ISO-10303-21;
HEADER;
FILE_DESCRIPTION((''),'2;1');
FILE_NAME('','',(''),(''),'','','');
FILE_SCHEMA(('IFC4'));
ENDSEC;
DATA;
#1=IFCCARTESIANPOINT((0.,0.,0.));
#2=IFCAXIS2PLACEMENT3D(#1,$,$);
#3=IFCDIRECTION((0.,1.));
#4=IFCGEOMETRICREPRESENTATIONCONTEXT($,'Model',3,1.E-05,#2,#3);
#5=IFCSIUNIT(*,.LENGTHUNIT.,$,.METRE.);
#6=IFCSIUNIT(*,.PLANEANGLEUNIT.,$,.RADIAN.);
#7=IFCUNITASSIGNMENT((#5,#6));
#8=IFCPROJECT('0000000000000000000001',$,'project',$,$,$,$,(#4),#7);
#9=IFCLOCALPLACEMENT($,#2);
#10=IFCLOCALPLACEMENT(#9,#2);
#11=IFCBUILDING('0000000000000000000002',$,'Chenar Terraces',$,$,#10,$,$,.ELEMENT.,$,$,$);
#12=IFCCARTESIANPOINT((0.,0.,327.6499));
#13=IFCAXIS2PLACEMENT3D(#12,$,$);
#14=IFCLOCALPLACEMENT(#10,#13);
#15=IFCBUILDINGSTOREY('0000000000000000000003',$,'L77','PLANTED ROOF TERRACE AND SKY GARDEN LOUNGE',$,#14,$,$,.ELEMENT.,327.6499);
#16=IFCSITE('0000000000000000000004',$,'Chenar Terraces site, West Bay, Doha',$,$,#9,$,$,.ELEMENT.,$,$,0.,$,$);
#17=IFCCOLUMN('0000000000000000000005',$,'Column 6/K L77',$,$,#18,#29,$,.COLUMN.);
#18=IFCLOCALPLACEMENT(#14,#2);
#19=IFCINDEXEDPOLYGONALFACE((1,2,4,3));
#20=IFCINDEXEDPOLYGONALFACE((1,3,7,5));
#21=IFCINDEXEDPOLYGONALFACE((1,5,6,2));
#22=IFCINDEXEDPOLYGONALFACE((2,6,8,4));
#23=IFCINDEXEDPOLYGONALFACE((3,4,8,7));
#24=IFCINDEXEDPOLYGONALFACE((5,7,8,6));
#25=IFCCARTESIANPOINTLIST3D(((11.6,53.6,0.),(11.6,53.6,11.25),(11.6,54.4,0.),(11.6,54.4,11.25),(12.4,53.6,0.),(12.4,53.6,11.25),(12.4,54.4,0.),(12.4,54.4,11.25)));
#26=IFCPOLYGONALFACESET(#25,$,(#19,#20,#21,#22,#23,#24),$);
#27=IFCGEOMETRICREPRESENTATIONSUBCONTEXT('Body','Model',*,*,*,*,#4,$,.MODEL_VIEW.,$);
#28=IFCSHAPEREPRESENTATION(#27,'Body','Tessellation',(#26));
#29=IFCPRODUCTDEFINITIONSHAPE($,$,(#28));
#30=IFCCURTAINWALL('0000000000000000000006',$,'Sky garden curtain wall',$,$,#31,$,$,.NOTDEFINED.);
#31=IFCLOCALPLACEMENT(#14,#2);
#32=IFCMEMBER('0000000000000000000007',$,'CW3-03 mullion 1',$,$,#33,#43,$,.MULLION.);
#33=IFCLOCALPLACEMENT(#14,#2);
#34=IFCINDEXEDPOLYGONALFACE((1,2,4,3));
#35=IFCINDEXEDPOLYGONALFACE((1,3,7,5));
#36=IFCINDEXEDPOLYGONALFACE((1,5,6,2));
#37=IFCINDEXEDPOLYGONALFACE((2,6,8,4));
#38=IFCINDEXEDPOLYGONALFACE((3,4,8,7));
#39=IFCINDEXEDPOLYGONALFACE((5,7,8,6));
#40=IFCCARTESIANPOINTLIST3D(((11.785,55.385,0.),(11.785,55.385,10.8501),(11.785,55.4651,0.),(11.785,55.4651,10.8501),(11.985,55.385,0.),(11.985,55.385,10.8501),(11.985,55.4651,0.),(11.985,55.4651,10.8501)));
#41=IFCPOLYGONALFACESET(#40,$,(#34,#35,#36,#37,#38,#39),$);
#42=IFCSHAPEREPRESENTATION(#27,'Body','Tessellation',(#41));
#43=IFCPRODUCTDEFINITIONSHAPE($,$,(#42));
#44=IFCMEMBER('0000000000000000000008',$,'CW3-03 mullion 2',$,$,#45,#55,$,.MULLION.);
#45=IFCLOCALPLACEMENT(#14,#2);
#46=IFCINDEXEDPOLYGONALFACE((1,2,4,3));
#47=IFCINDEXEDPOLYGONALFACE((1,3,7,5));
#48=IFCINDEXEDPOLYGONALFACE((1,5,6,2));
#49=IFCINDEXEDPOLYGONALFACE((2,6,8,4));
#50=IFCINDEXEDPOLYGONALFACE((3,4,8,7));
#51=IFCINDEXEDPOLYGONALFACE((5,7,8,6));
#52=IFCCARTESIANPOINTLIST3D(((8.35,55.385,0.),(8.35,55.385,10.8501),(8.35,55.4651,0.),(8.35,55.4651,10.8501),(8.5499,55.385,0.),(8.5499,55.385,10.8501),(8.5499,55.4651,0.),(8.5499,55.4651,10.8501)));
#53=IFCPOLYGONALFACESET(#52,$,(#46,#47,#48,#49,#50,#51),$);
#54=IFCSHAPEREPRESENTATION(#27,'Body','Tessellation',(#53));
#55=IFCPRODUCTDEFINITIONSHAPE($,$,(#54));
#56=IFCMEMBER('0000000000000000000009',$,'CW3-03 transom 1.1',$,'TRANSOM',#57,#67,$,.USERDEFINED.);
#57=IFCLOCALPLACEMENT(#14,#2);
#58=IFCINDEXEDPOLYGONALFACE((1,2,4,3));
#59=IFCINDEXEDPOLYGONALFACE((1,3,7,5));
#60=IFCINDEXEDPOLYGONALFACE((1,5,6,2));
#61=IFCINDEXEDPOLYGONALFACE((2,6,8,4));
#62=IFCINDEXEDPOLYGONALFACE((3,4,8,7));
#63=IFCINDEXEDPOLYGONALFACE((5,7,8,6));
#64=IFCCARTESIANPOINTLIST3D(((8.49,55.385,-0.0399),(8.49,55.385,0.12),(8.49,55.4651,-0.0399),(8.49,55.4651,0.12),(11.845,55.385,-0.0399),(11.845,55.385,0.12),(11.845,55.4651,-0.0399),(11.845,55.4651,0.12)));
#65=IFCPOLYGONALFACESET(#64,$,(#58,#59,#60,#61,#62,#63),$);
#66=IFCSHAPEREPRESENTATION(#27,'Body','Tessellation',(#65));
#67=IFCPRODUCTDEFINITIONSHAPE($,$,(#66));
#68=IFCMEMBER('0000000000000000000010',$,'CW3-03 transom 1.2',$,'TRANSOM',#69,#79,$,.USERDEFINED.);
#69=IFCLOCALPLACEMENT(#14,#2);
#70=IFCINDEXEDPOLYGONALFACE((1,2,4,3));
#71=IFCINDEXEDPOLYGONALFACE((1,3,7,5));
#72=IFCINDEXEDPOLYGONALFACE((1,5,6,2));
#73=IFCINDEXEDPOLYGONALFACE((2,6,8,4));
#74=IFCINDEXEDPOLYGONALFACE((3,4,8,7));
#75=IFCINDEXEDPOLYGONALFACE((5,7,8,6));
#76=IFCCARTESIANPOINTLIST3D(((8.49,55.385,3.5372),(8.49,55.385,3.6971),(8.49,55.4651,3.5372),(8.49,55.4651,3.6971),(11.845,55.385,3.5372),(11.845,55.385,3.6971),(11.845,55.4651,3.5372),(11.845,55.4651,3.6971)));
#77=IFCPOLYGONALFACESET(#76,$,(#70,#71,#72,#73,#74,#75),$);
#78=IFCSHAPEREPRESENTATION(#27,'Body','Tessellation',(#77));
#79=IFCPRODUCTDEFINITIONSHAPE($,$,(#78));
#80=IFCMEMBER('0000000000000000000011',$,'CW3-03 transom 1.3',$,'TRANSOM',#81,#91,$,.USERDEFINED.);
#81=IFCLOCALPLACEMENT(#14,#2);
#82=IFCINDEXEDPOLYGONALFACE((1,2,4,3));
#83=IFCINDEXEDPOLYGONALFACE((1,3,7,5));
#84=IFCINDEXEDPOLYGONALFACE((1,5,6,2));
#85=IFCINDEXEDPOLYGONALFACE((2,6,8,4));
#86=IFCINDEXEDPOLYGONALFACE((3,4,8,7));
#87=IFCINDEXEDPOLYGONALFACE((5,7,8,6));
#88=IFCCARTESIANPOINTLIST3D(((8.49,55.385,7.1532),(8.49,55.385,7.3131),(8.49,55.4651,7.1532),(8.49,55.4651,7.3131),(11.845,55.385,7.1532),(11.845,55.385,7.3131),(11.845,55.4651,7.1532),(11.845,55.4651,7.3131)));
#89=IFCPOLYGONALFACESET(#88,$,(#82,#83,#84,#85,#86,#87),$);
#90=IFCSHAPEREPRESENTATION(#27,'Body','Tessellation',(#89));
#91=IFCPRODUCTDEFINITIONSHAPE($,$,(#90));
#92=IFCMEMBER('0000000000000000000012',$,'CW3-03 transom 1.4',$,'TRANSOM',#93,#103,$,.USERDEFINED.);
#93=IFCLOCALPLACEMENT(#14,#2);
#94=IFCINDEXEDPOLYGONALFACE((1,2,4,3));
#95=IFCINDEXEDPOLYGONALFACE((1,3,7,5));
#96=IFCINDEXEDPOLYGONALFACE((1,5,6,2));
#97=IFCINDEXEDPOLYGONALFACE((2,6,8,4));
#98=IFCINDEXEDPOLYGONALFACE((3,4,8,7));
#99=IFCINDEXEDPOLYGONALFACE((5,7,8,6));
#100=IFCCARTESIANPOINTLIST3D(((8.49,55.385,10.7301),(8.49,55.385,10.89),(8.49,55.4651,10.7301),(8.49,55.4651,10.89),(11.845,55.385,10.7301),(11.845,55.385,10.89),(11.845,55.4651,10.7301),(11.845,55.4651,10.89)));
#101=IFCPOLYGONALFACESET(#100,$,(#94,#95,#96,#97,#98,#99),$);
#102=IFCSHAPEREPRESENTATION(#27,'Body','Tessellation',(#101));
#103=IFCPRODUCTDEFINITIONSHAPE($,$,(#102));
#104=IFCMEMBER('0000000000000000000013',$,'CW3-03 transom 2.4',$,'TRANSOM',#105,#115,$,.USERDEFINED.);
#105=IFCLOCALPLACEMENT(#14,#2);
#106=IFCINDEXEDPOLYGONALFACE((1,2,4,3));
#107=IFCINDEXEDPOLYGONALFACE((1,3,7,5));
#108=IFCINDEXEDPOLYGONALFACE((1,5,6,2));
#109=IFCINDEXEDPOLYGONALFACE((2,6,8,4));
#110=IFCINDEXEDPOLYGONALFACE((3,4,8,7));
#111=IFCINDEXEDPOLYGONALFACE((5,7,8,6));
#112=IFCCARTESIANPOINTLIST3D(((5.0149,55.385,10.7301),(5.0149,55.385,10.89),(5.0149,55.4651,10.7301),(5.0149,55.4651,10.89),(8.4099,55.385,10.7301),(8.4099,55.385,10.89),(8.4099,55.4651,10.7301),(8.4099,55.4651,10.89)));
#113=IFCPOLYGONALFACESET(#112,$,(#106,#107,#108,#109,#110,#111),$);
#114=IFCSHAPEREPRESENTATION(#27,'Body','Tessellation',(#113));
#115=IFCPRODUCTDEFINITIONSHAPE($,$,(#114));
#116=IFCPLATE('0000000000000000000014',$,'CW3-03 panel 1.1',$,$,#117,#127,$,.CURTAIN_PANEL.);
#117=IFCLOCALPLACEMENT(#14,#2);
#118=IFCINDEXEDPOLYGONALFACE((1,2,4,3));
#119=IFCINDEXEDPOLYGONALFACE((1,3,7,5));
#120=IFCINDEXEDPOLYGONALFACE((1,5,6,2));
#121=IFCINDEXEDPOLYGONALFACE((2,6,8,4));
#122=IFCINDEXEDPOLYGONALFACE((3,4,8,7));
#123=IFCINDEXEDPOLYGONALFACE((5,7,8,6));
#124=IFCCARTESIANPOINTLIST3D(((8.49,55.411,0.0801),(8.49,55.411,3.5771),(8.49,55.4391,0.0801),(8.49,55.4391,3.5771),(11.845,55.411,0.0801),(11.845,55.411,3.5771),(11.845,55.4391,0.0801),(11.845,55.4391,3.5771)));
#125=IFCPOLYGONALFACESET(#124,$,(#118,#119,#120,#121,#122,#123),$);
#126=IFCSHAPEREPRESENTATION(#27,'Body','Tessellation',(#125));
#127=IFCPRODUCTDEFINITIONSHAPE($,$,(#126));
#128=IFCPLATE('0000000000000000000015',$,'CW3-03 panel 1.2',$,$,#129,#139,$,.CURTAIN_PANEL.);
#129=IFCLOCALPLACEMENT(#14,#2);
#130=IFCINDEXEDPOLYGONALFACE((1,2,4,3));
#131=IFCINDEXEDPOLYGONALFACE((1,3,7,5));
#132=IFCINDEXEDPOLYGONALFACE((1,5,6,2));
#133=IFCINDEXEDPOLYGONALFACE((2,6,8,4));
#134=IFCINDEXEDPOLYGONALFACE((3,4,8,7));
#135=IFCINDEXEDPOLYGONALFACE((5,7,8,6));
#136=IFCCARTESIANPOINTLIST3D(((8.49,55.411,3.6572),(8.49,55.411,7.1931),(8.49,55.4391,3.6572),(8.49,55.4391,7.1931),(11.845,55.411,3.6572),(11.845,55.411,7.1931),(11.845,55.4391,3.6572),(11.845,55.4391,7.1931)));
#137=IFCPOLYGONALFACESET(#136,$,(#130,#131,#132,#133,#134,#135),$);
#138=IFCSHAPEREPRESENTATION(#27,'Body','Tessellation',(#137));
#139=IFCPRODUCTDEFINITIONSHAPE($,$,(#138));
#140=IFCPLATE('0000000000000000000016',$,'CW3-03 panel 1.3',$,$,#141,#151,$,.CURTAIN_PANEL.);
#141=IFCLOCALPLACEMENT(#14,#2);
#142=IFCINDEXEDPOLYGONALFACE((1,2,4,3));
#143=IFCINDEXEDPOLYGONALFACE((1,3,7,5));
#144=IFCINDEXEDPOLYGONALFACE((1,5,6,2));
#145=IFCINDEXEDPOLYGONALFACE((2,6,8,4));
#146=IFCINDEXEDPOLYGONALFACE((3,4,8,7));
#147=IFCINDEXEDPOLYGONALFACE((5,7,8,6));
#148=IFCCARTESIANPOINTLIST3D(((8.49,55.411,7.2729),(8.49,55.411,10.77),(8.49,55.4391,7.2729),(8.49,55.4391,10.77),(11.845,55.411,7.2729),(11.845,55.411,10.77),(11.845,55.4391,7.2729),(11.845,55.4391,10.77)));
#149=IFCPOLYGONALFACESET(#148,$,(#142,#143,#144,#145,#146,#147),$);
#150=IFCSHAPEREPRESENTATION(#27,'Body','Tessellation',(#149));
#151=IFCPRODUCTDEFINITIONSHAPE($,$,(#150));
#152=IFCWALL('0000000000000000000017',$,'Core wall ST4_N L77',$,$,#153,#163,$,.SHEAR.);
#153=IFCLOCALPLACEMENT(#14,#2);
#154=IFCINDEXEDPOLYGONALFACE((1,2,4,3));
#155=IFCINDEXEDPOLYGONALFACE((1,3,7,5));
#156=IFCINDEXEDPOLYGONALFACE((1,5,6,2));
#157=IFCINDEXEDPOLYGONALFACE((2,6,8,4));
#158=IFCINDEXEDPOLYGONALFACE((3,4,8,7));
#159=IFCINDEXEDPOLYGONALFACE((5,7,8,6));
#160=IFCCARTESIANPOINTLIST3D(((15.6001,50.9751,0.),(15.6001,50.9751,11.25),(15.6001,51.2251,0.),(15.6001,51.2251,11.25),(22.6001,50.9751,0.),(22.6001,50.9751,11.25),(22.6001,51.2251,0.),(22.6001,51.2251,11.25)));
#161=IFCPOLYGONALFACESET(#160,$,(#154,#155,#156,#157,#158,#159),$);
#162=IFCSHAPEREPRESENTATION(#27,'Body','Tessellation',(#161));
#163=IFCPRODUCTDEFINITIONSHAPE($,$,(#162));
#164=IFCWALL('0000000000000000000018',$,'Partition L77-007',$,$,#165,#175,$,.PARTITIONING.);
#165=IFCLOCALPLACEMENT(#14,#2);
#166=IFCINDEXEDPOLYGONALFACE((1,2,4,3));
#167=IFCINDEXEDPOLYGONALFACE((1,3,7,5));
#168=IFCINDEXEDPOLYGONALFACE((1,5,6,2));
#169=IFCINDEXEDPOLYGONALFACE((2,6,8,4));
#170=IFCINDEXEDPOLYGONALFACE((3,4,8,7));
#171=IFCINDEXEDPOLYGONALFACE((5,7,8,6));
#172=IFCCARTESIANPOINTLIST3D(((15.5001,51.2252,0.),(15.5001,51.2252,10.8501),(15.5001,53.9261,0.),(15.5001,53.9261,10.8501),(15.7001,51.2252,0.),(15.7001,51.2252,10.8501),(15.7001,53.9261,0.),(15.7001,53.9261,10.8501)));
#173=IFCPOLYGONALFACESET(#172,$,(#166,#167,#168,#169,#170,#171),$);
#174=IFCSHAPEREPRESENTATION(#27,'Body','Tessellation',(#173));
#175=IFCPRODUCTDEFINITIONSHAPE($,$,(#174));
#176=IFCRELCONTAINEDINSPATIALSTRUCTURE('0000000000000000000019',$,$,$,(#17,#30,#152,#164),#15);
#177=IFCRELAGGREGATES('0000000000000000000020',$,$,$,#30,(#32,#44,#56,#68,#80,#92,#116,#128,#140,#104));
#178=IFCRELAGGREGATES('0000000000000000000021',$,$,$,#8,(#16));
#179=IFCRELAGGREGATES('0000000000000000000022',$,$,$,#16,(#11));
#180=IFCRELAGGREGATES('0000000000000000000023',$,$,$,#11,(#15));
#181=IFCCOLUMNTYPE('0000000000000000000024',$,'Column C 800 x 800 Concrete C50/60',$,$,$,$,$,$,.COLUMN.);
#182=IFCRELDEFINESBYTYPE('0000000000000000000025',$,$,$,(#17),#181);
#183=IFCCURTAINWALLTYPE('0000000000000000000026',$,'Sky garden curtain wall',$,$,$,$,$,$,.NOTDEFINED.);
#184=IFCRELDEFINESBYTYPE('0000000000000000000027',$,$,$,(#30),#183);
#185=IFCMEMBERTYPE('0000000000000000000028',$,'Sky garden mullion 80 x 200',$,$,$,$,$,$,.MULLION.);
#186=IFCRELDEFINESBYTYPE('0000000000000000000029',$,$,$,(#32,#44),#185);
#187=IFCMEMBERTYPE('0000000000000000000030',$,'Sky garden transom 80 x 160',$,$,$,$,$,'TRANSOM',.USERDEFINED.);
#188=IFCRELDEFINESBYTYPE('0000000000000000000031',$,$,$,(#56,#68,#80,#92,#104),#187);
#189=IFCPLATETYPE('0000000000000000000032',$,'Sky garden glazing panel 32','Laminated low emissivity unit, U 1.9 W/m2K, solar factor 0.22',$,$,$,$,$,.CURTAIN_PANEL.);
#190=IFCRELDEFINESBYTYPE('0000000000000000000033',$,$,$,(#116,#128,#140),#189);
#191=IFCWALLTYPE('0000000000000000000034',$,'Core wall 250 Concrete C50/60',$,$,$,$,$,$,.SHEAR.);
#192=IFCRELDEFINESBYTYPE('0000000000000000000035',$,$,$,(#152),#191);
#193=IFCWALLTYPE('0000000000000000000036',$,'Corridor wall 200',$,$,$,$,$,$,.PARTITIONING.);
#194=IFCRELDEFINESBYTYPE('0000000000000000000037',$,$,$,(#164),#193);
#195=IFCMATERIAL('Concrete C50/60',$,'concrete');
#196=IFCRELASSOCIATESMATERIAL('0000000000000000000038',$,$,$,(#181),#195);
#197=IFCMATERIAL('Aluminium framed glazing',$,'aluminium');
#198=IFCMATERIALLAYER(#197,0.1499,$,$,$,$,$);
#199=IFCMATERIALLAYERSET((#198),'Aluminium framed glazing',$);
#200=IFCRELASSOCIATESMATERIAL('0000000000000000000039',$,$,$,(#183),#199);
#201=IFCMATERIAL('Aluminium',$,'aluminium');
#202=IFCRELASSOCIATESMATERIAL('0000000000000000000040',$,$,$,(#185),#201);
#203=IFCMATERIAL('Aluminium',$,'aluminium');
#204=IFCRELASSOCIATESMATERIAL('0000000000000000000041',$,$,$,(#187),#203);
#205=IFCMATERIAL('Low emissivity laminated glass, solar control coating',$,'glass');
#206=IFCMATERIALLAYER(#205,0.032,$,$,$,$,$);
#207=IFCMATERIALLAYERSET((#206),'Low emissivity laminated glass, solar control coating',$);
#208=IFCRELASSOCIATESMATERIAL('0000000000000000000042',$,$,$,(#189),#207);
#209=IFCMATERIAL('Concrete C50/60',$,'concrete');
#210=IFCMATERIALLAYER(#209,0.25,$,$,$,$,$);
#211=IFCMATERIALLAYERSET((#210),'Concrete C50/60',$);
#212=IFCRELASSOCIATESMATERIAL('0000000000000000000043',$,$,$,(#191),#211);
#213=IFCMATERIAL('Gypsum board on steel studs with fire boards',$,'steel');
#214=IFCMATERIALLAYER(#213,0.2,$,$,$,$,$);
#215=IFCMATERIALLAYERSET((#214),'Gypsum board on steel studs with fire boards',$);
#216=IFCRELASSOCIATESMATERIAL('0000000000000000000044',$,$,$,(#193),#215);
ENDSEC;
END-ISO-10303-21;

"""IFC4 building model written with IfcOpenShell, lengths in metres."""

from ifc_helpers import new_model, si_unit, direction, frame, frame_2d, origin, origin_2d, place, context, subcontext, project, spatial, rectangle, extrude, material, layer, layer_set, material_profile, profile_set, type_object, element, aggregate, save


model = new_model("IFC4")

# Units and contexts
model_context = context("Model", 3, precision=1e-05, world=origin(), true_north=direction((0.0, 1.0)))
body_context = subcontext(model_context, "Body", "Model", "MODEL_VIEW")
ifc_project = project(units=[si_unit("LENGTHUNIT", "METRE"), si_unit("PLANEANGLEUNIT", "RADIAN")], contexts=[model_context])

# Site, building, storey
site_placement = place(None, origin())
site = spatial("IfcSite", under=ifc_project, at=site_placement, Name="Chenar Terraces site, West Bay, Doha", CompositionType="ELEMENT", RefElevation=0.0)
building_placement = place(site_placement, origin())
building = spatial("IfcBuilding", under=site, at=building_placement, Name="Chenar Terraces", CompositionType="ELEMENT")
storey_placement = place(building_placement, frame((0.0, 0.0, 327.6499)))
storey = spatial("IfcBuildingStorey", under=building, at=storey_placement, Name="L77", Description="PLANTED ROOF TERRACE AND SKY GARDEN LOUNGE", CompositionType="ELEMENT", Elevation=327.6499)

# Column
ifc_material_1 = material(Name="Concrete C50/60", Category="concrete")
ifc_material_profile_1 = material_profile(ifc_material_1, rectangle(XDim=0.8, YDim=0.8, at=origin_2d()), Name="C 800 x 800")
ifc_profile_set_1 = profile_set([ifc_material_profile_1], Name="Concrete C50/60")
column_type = type_object("IfcColumnType", Name="Column C 800 x 800 Concrete C50/60", PredefinedType="COLUMN", material=ifc_profile_set_1)
column_placement = place(storey_placement, frame((12.0, 54.0, 0.0), z_axis=(0.0, 0.0, 1.0), x_axis=(1.0, 0.0, 0.0)))
element("IfcColumn", 1, at=column_placement, inside=storey, type_object=column_type, Name="Column 6/K L77", PredefinedType="COLUMN", context=body_context, shape_type="SweptSolid", body=[
    extrude(rectangle(XDim=0.8, YDim=0.8, at=origin_2d()), origin(), (0.0, 0.0, 1.0), 11.25),
])

# Curtain wall, members, plates
ifc_material_2 = material(Name="Aluminium framed glazing", Category="aluminium")
ifc_layer_1 = layer(ifc_material_2, 0.1499)
ifc_layer_set_1 = layer_set([ifc_layer_1], Name="Aluminium framed glazing")
curtain_wall_type = type_object("IfcCurtainWallType", Name="Sky garden curtain wall", PredefinedType="NOTDEFINED", material=ifc_layer_set_1)
placement = place(storey_placement, origin())
curtain_wall = element("IfcCurtainWall", 2, at=placement, inside=storey, type_object=curtain_wall_type, Name="Sky garden curtain wall", PredefinedType="NOTDEFINED")
ifc_material_3 = material(Name="Aluminium", Category="aluminium")
ifc_material_profile_2 = material_profile(ifc_material_3, rectangle(XDim=0.0801, YDim=0.2, at=origin_2d()), Name="Sky garden mullion 80 x 200")
ifc_profile_set_2 = profile_set([ifc_material_profile_2], Name="Aluminium")
member_type_1 = type_object("IfcMemberType", Name="Sky garden mullion 80 x 200", PredefinedType="MULLION", material=ifc_profile_set_2)
member_1_placement = place(storey_placement, frame((11.885, 55.425, 0.0), z_axis=(0.0, 0.0, 1.0), x_axis=(0.0, -1.0, 0.0)))
member_1 = element("IfcMember", 3, at=member_1_placement, type_object=member_type_1, Name="CW3-03 mullion 1", PredefinedType="MULLION", context=body_context, shape_type="SweptSolid", body=[
    extrude(rectangle(XDim=0.0801, YDim=0.2, at=origin_2d()), origin(), (0.0, 0.0, 1.0), 10.8501),
])
member_2_placement = place(storey_placement, frame((8.45, 55.425, 0.0), z_axis=(0.0, 0.0, 1.0), x_axis=(0.0, -1.0, 0.0)))
member_2 = element("IfcMember", 4, at=member_2_placement, type_object=member_type_1, Name="CW3-03 mullion 2", PredefinedType="MULLION", context=body_context, shape_type="SweptSolid", body=[
    extrude(rectangle(XDim=0.0801, YDim=0.2, at=origin_2d()), origin(), (0.0, 0.0, 1.0), 10.8501),
])
ifc_material_4 = material(Name="Aluminium", Category="aluminium")
ifc_material_profile_3 = material_profile(ifc_material_4, rectangle(XDim=0.0801, YDim=0.1599, at=origin_2d()), Name="Sky garden transom 80 x 160")
ifc_profile_set_3 = profile_set([ifc_material_profile_3], Name="Aluminium")
member_type_2 = type_object("IfcMemberType", Name="Sky garden transom 80 x 160", ElementType="TRANSOM", PredefinedType="USERDEFINED", material=ifc_profile_set_3)
member_3_placement = place(storey_placement, frame((11.845, 55.425, 0.04), z_axis=(-1.0, 0.0, 0.0), x_axis=(0.0, -1.0, 0.0)))
member_3 = element("IfcMember", 5, at=member_3_placement, type_object=member_type_2, Name="CW3-03 transom 1.1", ObjectType="TRANSOM", PredefinedType="USERDEFINED", context=body_context, shape_type="SweptSolid", body=[
    extrude(rectangle(XDim=0.0801, YDim=0.1599, at=origin_2d()), origin(), (0.0, 0.0, 1.0), 3.355),
])
member_4_placement = place(storey_placement, frame((11.845, 55.425, 3.6172), z_axis=(-1.0, 0.0, 0.0), x_axis=(0.0, -1.0, 0.0)))
member_4 = element("IfcMember", 6, at=member_4_placement, type_object=member_type_2, Name="CW3-03 transom 1.2", ObjectType="TRANSOM", PredefinedType="USERDEFINED", context=body_context, shape_type="SweptSolid", body=[
    extrude(rectangle(XDim=0.0801, YDim=0.1599, at=origin_2d()), origin(), (0.0, 0.0, 1.0), 3.355),
])
member_5_placement = place(storey_placement, frame((11.845, 55.425, 7.2332), z_axis=(-1.0, 0.0, 0.0), x_axis=(0.0, -1.0, 0.0)))
member_5 = element("IfcMember", 7, at=member_5_placement, type_object=member_type_2, Name="CW3-03 transom 1.3", ObjectType="TRANSOM", PredefinedType="USERDEFINED", context=body_context, shape_type="SweptSolid", body=[
    extrude(rectangle(XDim=0.0801, YDim=0.1599, at=origin_2d()), origin(), (0.0, 0.0, 1.0), 3.355),
])
member_6_placement = place(storey_placement, frame((11.845, 55.425, 10.8101), z_axis=(-1.0, 0.0, 0.0), x_axis=(0.0, -1.0, 0.0)))
member_6 = element("IfcMember", 8, at=member_6_placement, type_object=member_type_2, Name="CW3-03 transom 1.4", ObjectType="TRANSOM", PredefinedType="USERDEFINED", context=body_context, shape_type="SweptSolid", body=[
    extrude(rectangle(XDim=0.0801, YDim=0.1599, at=origin_2d()), origin(), (0.0, 0.0, 1.0), 3.355),
])
member_7_placement = place(storey_placement, frame((8.4099, 55.425, 10.8101), z_axis=(-1.0, 0.0, 0.0), x_axis=(0.0, -1.0, 0.0)))
member_7 = element("IfcMember", 9, at=member_7_placement, type_object=member_type_2, Name="CW3-03 transom 2.4", ObjectType="TRANSOM", PredefinedType="USERDEFINED", context=body_context, shape_type="SweptSolid", body=[
    extrude(rectangle(XDim=0.0801, YDim=0.1599, at=origin_2d()), origin(), (0.0, 0.0, 1.0), 3.395),
])
ifc_material_5 = material(Name="Low emissivity laminated glass, solar control coating", Category="glass")
ifc_layer_2 = layer(ifc_material_5, 0.032)
ifc_layer_set_2 = layer_set([ifc_layer_2], Name="Low emissivity laminated glass, solar control coating")
plate_type = type_object("IfcPlateType", Name="Sky garden glazing panel 32", Description="Laminated low emissivity unit, U 1.9 W/m2K, solar factor 0.22", PredefinedType="CURTAIN_PANEL", material=ifc_layer_set_2)
plate_1_placement = place(storey_placement, frame((10.1675, 55.425, 0.0801), z_axis=(0.0, 0.0, 1.0), x_axis=(-1.0, 0.0, 0.0)))
plate_1 = element("IfcPlate", 10, at=plate_1_placement, type_object=plate_type, Name="CW3-03 panel 1.1", PredefinedType="CURTAIN_PANEL", context=body_context, shape_type="SweptSolid", body=[
    extrude(rectangle(XDim=3.355, YDim=0.0281, at=origin_2d()), origin(), (0.0, 0.0, 1.0), 3.4971),
])
plate_2_placement = place(storey_placement, frame((10.1675, 55.425, 3.6572), z_axis=(0.0, 0.0, 1.0), x_axis=(-1.0, 0.0, 0.0)))
plate_2 = element("IfcPlate", 11, at=plate_2_placement, type_object=plate_type, Name="CW3-03 panel 1.2", PredefinedType="CURTAIN_PANEL", context=body_context, shape_type="SweptSolid", body=[
    extrude(rectangle(XDim=3.355, YDim=0.0281, at=origin_2d()), origin(), (0.0, 0.0, 1.0), 3.5359),
])
plate_3_placement = place(storey_placement, frame((10.1675, 55.425, 7.2729), z_axis=(0.0, 0.0, 1.0), x_axis=(-1.0, 0.0, 0.0)))
plate_3 = element("IfcPlate", 12, at=plate_3_placement, type_object=plate_type, Name="CW3-03 panel 1.3", PredefinedType="CURTAIN_PANEL", context=body_context, shape_type="SweptSolid", body=[
    extrude(rectangle(XDim=3.355, YDim=0.0281, at=origin_2d()), origin(), (0.0, 0.0, 1.0), 3.4971),
])
aggregate(curtain_wall, [member_1, member_2, member_3, member_4, member_5, member_6, plate_1, plate_2, plate_3, member_7])

# Walls
ifc_material_6 = material(Name="Concrete C50/60", Category="concrete")
ifc_layer_3 = layer(ifc_material_6, 0.25)
ifc_layer_set_3 = layer_set([ifc_layer_3], Name="Concrete C50/60")
wall_type_1 = type_object("IfcWallType", Name="Core wall 250 Concrete C50/60", PredefinedType="SHEAR", material=ifc_layer_set_3)
wall_1_placement = place(storey_placement, frame((15.6001, 51.1001, 0.0), z_axis=(0.0, 0.0, 1.0), x_axis=(1.0, 0.0, 0.0)))
element("IfcWall", 13, at=wall_1_placement, inside=storey, type_object=wall_type_1, Name="Core wall ST4_N L77", PredefinedType="SHEAR", context=body_context, shape_type="SweptSolid", body=[
    extrude(rectangle(XDim=7.0, YDim=0.25, at=frame_2d((3.5, 0.0))), origin(), (0.0, 0.0, 1.0), 11.25),
])
ifc_material_7 = material(Name="Gypsum board on steel studs with fire boards", Category="steel")
ifc_layer_4 = layer(ifc_material_7, 0.2)
ifc_layer_set_4 = layer_set([ifc_layer_4], Name="Gypsum board on steel studs with fire boards")
wall_type_2 = type_object("IfcWallType", Name="Corridor wall 200", PredefinedType="PARTITIONING", material=ifc_layer_set_4)
wall_2_placement = place(storey_placement, frame((15.6001, 51.2251, 0.0), z_axis=(0.0, 0.0, 1.0), x_axis=(0.0, 1.0, 0.0)))
element("IfcWall", 14, at=wall_2_placement, inside=storey, type_object=wall_type_2, Name="Partition L77-007", PredefinedType="PARTITIONING", context=body_context, shape_type="SweptSolid", body=[
    extrude(rectangle(XDim=2.7009, YDim=0.2, at=frame_2d((1.3506, 0.0))), origin(), (0.0, 0.0, 1.0), 10.8501),
])

save(model, "model.ifc")
